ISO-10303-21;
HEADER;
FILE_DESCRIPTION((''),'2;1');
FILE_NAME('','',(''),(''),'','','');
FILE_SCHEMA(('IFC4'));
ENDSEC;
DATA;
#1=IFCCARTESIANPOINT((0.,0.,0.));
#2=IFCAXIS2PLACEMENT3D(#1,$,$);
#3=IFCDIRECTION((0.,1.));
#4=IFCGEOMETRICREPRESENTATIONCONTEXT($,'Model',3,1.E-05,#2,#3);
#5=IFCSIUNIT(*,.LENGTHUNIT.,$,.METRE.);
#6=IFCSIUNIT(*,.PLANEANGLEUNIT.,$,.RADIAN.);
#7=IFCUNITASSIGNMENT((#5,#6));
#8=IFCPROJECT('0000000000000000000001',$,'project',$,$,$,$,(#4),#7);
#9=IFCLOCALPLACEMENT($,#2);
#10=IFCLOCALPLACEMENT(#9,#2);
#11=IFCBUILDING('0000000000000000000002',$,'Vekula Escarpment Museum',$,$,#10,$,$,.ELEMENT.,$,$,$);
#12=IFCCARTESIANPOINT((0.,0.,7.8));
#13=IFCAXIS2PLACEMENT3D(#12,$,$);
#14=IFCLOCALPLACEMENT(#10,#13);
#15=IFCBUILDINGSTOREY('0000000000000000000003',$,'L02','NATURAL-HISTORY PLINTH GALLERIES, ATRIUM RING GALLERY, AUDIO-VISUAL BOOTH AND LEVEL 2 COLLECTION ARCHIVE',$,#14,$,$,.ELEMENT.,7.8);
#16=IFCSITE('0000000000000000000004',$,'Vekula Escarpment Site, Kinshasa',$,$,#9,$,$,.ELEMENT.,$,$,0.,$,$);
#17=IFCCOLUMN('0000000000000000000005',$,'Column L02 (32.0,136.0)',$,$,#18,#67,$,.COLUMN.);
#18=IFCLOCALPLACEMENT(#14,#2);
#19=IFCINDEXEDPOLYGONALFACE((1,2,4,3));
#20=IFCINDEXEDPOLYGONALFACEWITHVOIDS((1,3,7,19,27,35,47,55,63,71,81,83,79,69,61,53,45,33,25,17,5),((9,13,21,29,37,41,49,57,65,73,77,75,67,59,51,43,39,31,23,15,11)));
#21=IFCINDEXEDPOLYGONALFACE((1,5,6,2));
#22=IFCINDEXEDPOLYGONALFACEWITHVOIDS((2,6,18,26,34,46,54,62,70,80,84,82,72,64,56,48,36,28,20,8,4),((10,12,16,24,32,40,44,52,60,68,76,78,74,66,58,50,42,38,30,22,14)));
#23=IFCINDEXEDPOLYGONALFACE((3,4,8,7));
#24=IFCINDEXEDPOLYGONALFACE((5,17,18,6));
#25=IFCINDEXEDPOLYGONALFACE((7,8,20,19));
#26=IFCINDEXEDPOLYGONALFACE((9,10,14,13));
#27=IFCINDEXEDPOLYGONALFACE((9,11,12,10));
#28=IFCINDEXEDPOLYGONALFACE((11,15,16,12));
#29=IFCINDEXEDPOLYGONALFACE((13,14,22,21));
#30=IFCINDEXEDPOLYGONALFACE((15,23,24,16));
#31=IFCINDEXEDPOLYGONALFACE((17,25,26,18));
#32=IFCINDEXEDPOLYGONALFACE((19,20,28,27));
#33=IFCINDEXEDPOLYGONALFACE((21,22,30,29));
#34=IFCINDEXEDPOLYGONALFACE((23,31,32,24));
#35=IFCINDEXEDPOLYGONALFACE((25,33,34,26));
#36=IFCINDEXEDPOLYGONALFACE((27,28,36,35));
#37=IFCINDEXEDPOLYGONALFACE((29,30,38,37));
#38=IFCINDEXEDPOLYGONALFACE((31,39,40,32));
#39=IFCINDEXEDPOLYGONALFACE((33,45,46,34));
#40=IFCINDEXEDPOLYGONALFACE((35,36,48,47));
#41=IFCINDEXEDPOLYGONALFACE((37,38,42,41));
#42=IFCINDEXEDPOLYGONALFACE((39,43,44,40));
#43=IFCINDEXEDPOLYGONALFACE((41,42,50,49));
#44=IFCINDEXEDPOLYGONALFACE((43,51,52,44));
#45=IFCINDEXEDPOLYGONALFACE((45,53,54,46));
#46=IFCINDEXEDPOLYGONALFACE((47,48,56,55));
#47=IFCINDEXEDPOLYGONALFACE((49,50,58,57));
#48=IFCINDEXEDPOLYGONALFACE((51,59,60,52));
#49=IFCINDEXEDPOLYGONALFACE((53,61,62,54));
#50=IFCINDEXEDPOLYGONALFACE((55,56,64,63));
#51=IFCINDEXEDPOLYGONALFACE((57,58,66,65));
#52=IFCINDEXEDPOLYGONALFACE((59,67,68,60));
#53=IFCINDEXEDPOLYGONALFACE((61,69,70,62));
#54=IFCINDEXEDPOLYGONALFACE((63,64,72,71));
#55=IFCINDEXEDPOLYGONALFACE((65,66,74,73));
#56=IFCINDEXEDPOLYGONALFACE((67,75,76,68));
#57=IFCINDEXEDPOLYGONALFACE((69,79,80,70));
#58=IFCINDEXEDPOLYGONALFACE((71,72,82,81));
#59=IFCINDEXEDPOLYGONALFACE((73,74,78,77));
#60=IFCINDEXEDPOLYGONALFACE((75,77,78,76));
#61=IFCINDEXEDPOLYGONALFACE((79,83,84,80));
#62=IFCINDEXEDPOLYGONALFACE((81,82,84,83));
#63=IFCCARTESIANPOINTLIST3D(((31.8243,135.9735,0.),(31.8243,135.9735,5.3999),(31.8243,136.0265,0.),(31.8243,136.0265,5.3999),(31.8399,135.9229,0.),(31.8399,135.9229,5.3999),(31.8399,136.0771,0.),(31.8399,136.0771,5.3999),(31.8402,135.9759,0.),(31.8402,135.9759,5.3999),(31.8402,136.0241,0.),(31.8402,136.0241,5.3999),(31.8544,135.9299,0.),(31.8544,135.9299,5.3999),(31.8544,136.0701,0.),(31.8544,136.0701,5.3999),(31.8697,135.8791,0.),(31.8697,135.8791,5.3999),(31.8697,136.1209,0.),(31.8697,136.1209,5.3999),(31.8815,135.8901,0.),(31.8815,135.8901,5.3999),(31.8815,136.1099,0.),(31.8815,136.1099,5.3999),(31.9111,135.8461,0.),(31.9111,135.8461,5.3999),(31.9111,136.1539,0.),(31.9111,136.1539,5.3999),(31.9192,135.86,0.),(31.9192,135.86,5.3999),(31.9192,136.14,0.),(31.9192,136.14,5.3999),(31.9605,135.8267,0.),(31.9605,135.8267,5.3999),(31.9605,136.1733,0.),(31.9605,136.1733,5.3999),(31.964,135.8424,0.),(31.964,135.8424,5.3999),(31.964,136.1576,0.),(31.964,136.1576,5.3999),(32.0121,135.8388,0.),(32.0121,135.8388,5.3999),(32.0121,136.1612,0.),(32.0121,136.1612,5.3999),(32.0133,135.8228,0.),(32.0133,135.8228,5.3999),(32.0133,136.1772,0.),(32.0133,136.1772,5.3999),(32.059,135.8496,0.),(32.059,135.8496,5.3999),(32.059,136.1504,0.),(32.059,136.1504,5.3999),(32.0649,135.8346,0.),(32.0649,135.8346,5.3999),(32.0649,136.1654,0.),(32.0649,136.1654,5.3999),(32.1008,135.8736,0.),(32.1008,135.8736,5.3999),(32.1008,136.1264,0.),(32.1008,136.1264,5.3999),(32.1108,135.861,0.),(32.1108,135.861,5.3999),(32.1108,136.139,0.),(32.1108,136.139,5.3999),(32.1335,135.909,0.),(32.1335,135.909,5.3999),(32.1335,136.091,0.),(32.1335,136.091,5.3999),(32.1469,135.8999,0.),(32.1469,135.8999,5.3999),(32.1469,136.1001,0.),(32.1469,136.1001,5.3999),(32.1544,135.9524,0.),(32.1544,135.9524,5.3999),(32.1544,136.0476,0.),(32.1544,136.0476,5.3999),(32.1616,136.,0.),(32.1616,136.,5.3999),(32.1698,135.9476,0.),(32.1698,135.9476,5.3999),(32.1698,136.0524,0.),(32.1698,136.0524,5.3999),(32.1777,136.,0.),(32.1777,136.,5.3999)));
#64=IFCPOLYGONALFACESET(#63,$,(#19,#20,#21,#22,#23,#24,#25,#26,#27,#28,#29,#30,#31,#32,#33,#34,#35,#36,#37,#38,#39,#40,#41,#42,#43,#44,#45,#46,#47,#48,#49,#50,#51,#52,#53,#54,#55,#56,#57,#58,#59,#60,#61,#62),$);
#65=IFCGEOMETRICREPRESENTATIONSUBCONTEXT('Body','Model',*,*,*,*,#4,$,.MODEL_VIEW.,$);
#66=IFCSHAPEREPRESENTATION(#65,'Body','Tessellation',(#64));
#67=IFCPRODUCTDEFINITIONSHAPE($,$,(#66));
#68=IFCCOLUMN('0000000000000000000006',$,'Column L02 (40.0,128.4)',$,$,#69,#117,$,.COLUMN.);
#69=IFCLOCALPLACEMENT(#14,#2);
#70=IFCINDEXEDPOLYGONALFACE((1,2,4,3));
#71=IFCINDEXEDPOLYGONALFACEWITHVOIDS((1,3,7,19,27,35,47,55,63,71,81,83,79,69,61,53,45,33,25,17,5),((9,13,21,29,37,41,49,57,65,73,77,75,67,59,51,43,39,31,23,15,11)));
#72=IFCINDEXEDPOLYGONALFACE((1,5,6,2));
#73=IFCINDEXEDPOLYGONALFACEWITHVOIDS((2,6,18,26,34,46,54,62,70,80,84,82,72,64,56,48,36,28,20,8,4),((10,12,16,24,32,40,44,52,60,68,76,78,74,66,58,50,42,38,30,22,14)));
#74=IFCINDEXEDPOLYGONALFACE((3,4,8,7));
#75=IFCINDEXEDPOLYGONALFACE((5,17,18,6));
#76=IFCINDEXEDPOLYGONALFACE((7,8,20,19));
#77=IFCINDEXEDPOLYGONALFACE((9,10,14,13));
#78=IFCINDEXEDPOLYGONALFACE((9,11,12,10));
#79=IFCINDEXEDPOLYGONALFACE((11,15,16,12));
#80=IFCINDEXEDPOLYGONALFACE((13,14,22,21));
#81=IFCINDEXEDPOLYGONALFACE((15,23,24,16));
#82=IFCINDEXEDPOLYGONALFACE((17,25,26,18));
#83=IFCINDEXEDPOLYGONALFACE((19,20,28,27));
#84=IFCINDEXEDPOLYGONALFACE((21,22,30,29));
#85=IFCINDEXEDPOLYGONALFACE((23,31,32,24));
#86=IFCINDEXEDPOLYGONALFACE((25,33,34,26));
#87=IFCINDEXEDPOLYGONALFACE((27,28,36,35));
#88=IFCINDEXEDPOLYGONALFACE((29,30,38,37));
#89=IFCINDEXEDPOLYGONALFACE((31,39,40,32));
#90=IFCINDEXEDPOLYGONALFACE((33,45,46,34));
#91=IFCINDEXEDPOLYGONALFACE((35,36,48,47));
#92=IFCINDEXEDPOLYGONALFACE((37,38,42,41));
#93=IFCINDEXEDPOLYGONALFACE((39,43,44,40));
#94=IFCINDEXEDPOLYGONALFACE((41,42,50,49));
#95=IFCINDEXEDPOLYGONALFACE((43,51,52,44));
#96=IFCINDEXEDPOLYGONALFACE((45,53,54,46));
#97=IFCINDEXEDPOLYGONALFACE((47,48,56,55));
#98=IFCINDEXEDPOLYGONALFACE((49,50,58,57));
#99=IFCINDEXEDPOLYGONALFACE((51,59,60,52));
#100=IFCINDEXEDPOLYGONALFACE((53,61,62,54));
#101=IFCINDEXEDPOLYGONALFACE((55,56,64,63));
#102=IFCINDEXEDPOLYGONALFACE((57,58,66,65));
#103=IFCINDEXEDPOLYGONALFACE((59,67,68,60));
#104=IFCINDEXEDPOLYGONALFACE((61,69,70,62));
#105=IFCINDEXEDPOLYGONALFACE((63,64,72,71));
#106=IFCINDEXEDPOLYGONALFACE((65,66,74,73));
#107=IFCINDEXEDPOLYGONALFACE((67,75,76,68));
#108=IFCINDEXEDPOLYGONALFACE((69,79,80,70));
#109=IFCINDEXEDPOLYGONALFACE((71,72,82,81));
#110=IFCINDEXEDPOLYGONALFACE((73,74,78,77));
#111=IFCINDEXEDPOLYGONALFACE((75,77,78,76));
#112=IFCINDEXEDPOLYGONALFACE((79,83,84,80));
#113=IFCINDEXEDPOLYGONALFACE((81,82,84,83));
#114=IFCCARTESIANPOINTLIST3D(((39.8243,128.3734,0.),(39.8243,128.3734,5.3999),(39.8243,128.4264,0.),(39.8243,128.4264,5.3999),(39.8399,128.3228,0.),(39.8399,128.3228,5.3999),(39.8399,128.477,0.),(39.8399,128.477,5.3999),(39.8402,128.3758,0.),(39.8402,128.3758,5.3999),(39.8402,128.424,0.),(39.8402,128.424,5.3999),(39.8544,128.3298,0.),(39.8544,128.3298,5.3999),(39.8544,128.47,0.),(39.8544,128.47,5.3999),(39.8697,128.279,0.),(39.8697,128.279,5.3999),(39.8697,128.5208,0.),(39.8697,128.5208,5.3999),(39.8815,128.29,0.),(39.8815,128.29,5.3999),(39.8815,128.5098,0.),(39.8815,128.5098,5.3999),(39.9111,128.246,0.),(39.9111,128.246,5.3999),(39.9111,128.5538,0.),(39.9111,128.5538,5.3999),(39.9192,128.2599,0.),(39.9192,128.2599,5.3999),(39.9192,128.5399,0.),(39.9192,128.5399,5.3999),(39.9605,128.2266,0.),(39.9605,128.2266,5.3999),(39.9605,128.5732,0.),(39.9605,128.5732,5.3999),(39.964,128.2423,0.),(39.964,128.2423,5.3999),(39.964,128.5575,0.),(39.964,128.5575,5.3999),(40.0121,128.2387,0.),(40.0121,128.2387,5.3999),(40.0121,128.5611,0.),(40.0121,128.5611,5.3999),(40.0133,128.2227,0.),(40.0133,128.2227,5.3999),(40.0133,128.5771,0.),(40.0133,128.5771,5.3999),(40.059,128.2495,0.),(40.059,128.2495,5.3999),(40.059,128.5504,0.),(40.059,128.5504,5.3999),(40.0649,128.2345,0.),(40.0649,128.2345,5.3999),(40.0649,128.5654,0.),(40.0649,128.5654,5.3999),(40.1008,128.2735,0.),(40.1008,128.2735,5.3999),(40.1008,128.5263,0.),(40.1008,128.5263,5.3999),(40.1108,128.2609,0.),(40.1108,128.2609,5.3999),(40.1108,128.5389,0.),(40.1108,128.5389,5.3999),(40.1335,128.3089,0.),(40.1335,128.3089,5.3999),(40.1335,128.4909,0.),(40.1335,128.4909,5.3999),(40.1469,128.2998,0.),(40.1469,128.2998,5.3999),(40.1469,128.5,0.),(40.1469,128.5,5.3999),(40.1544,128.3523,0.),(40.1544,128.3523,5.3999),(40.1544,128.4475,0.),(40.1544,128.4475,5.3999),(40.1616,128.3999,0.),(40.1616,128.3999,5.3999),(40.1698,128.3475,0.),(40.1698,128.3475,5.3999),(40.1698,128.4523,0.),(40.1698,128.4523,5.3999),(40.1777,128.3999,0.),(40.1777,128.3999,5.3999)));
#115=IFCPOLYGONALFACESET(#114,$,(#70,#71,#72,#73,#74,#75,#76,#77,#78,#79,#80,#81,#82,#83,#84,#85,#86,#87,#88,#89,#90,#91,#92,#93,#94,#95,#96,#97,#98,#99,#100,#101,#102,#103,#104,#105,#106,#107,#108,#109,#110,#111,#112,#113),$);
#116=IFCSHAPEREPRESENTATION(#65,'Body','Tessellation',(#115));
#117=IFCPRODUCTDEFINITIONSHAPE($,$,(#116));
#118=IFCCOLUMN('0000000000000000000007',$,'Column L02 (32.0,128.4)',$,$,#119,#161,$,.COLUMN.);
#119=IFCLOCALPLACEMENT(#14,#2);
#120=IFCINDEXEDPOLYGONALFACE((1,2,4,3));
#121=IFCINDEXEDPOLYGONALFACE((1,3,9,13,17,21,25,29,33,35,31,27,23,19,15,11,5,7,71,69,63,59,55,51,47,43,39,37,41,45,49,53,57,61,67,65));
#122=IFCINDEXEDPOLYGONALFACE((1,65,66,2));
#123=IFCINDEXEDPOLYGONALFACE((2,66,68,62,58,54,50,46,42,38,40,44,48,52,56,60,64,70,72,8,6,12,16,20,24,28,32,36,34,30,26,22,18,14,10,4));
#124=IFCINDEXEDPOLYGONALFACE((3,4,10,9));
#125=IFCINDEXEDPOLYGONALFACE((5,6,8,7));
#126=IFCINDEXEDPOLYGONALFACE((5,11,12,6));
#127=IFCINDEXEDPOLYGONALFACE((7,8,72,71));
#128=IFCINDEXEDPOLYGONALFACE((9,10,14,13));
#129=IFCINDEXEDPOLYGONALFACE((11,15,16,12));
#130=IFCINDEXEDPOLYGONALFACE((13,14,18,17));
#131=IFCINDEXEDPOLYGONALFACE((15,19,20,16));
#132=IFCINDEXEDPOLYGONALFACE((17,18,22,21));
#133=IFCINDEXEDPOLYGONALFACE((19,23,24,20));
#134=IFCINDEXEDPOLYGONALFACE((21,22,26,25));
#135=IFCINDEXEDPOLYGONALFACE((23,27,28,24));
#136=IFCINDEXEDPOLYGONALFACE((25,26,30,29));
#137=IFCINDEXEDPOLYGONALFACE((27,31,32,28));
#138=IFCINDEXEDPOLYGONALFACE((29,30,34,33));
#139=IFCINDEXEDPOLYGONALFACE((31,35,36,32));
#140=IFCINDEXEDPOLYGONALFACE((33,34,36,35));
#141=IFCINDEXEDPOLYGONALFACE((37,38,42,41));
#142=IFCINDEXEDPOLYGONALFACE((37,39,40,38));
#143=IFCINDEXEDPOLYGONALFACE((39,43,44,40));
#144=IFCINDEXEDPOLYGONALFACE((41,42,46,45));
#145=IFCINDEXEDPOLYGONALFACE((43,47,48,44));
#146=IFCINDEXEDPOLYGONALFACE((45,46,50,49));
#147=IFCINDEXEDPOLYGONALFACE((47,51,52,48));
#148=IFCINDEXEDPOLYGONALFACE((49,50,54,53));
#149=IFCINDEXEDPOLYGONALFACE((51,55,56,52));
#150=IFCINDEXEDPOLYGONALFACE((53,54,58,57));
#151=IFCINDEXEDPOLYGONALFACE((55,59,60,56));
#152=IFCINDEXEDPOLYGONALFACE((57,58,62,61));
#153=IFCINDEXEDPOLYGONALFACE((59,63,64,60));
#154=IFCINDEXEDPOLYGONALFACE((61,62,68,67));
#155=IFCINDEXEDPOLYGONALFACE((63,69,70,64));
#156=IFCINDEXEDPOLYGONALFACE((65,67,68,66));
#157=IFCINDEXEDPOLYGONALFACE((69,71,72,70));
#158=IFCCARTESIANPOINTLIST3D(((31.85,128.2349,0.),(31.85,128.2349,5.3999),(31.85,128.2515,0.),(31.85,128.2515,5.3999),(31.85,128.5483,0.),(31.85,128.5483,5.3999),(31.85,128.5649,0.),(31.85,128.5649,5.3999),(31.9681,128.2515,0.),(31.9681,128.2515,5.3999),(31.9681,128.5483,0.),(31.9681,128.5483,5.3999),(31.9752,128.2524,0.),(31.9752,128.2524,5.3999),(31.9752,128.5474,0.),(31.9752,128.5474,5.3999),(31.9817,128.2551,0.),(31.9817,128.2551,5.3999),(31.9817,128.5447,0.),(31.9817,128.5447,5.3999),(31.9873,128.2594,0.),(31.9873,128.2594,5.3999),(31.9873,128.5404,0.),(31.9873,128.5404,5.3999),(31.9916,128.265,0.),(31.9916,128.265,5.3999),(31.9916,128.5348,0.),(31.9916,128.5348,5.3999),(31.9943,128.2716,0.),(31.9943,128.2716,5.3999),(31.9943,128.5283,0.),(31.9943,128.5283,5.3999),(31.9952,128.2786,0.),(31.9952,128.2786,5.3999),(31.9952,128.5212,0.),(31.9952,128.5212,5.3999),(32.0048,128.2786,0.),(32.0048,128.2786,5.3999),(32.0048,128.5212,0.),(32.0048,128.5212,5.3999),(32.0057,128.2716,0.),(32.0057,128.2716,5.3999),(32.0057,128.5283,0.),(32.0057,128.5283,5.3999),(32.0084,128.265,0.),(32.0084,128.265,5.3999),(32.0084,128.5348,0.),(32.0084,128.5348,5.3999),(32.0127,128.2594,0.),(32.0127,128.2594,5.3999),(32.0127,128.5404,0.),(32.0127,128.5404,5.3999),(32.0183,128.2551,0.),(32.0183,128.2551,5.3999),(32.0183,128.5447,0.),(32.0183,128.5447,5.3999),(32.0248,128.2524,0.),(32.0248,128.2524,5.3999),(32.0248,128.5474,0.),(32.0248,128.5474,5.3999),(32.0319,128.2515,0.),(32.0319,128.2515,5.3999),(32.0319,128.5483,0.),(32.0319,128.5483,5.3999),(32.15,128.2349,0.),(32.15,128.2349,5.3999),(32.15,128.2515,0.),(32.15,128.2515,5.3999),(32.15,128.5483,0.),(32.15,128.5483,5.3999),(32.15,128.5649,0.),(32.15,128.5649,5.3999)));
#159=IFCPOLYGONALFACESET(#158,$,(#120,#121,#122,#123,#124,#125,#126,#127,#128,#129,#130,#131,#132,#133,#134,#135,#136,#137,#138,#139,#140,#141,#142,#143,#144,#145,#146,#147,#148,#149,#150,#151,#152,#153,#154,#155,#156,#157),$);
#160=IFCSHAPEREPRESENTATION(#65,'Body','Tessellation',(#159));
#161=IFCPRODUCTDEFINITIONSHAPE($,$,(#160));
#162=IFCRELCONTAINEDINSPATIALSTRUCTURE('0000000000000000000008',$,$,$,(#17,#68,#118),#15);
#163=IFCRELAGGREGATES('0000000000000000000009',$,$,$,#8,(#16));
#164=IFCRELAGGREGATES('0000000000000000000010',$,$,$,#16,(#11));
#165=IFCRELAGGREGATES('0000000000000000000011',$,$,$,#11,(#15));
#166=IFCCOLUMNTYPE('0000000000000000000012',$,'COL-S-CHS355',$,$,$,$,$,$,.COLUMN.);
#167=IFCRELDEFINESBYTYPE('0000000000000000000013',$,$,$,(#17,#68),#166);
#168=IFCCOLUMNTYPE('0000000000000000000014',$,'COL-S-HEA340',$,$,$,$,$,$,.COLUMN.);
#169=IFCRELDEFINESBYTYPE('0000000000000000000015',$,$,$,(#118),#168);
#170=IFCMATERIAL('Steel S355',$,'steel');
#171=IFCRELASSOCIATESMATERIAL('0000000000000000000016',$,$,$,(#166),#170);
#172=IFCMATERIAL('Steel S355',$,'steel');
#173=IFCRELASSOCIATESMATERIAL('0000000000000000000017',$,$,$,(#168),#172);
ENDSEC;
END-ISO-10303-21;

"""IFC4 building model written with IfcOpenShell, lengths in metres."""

from ifc_helpers import new_model, si_unit, direction, frame, origin, origin_2d, place, context, subcontext, project, spatial, hollow_circle, i_section, extrude, material, material_profile, profile_set, type_object, element, save


model = new_model("IFC4")

# Units and contexts
model_context = context("Model", 3, precision=1e-05, world=origin(), true_north=direction((0.0, 1.0)))
body_context = subcontext(model_context, "Body", "Model", "MODEL_VIEW")
ifc_project = project(units=[si_unit("LENGTHUNIT", "METRE"), si_unit("PLANEANGLEUNIT", "RADIAN")], contexts=[model_context])

# Site, building, storey
site_placement = place(None, origin())
site = spatial("IfcSite", under=ifc_project, at=site_placement, Name="Vekula Escarpment Site, Kinshasa", CompositionType="ELEMENT", RefElevation=0.0)
building_placement = place(site_placement, origin())
building = spatial("IfcBuilding", under=site, at=building_placement, Name="Vekula Escarpment Museum", CompositionType="ELEMENT")
storey_placement = place(building_placement, frame((0.0, 0.0, 7.8)))
storey = spatial("IfcBuildingStorey", under=building, at=storey_placement, Name="L02", Description="NATURAL-HISTORY PLINTH GALLERIES, ATRIUM RING GALLERY, AUDIO-VISUAL BOOTH AND LEVEL 2 COLLECTION ARCHIVE", CompositionType="ELEMENT", Elevation=7.8)

# Columns
ifc_material_1 = material(Name="Steel S355", Category="steel")
ifc_material_profile_1 = material_profile(ifc_material_1, hollow_circle(Radius=0.1777, WallThickness=0.0161, at=origin_2d()), Name="CHS 355.6x16")
ifc_profile_set_1 = profile_set([ifc_material_profile_1], Name="Steel S355")
column_type_1 = type_object("IfcColumnType", Name="COL-S-CHS355", PredefinedType="COLUMN", material=ifc_profile_set_1)
for number, where, z_axis, x_axis, name in (
    (1, (32.0, 136.0, 0.0), (0.0, 0.0, 1.0), (1.0, 0.0, 0.0), "Column L02 (32.0,136.0)"),
    (2, (40.0, 128.3999, 0.0), (0.0, 0.0, 1.0), (1.0, 0.0, 0.0), "Column L02 (40.0,128.4)"),
):
    element("IfcColumn", number, at=place(storey_placement, frame(where, z_axis=z_axis, x_axis=x_axis)), inside=storey, type_object=column_type_1, Name=name, PredefinedType="COLUMN", context=body_context, shape_type="SweptSolid", body=[
        extrude(hollow_circle(Radius=0.1777, WallThickness=0.0161, at=origin_2d()), origin(), (0.0, 0.0, 1.0), 5.3999),
    ])
ifc_material_2 = material(Name="Steel S355", Category="steel")
ifc_material_profile_2 = material_profile(ifc_material_2, i_section(OverallWidth=0.3, OverallDepth=0.3301, WebThickness=0.0095, FlangeThickness=0.0166, FilletRadius=0.0271, at=origin_2d()), Name="HEA 340")
ifc_profile_set_2 = profile_set([ifc_material_profile_2], Name="Steel S355")
column_type_2 = type_object("IfcColumnType", Name="COL-S-HEA340", PredefinedType="COLUMN", material=ifc_profile_set_2)
column_1_placement = place(storey_placement, frame((32.0, 128.3999, 0.0), z_axis=(0.0, 0.0, 1.0), x_axis=(1.0, 0.0, 0.0)))
element("IfcColumn", 3, at=column_1_placement, inside=storey, type_object=column_type_2, Name="Column L02 (32.0,128.4)", PredefinedType="COLUMN", context=body_context, shape_type="SweptSolid", body=[
    extrude(i_section(OverallWidth=0.3, OverallDepth=0.3301, WebThickness=0.0095, FlangeThickness=0.0166, FilletRadius=0.0271, at=origin_2d()), origin(), (0.0, 0.0, 1.0), 5.3999),
])

save(model, "model.ifc")
